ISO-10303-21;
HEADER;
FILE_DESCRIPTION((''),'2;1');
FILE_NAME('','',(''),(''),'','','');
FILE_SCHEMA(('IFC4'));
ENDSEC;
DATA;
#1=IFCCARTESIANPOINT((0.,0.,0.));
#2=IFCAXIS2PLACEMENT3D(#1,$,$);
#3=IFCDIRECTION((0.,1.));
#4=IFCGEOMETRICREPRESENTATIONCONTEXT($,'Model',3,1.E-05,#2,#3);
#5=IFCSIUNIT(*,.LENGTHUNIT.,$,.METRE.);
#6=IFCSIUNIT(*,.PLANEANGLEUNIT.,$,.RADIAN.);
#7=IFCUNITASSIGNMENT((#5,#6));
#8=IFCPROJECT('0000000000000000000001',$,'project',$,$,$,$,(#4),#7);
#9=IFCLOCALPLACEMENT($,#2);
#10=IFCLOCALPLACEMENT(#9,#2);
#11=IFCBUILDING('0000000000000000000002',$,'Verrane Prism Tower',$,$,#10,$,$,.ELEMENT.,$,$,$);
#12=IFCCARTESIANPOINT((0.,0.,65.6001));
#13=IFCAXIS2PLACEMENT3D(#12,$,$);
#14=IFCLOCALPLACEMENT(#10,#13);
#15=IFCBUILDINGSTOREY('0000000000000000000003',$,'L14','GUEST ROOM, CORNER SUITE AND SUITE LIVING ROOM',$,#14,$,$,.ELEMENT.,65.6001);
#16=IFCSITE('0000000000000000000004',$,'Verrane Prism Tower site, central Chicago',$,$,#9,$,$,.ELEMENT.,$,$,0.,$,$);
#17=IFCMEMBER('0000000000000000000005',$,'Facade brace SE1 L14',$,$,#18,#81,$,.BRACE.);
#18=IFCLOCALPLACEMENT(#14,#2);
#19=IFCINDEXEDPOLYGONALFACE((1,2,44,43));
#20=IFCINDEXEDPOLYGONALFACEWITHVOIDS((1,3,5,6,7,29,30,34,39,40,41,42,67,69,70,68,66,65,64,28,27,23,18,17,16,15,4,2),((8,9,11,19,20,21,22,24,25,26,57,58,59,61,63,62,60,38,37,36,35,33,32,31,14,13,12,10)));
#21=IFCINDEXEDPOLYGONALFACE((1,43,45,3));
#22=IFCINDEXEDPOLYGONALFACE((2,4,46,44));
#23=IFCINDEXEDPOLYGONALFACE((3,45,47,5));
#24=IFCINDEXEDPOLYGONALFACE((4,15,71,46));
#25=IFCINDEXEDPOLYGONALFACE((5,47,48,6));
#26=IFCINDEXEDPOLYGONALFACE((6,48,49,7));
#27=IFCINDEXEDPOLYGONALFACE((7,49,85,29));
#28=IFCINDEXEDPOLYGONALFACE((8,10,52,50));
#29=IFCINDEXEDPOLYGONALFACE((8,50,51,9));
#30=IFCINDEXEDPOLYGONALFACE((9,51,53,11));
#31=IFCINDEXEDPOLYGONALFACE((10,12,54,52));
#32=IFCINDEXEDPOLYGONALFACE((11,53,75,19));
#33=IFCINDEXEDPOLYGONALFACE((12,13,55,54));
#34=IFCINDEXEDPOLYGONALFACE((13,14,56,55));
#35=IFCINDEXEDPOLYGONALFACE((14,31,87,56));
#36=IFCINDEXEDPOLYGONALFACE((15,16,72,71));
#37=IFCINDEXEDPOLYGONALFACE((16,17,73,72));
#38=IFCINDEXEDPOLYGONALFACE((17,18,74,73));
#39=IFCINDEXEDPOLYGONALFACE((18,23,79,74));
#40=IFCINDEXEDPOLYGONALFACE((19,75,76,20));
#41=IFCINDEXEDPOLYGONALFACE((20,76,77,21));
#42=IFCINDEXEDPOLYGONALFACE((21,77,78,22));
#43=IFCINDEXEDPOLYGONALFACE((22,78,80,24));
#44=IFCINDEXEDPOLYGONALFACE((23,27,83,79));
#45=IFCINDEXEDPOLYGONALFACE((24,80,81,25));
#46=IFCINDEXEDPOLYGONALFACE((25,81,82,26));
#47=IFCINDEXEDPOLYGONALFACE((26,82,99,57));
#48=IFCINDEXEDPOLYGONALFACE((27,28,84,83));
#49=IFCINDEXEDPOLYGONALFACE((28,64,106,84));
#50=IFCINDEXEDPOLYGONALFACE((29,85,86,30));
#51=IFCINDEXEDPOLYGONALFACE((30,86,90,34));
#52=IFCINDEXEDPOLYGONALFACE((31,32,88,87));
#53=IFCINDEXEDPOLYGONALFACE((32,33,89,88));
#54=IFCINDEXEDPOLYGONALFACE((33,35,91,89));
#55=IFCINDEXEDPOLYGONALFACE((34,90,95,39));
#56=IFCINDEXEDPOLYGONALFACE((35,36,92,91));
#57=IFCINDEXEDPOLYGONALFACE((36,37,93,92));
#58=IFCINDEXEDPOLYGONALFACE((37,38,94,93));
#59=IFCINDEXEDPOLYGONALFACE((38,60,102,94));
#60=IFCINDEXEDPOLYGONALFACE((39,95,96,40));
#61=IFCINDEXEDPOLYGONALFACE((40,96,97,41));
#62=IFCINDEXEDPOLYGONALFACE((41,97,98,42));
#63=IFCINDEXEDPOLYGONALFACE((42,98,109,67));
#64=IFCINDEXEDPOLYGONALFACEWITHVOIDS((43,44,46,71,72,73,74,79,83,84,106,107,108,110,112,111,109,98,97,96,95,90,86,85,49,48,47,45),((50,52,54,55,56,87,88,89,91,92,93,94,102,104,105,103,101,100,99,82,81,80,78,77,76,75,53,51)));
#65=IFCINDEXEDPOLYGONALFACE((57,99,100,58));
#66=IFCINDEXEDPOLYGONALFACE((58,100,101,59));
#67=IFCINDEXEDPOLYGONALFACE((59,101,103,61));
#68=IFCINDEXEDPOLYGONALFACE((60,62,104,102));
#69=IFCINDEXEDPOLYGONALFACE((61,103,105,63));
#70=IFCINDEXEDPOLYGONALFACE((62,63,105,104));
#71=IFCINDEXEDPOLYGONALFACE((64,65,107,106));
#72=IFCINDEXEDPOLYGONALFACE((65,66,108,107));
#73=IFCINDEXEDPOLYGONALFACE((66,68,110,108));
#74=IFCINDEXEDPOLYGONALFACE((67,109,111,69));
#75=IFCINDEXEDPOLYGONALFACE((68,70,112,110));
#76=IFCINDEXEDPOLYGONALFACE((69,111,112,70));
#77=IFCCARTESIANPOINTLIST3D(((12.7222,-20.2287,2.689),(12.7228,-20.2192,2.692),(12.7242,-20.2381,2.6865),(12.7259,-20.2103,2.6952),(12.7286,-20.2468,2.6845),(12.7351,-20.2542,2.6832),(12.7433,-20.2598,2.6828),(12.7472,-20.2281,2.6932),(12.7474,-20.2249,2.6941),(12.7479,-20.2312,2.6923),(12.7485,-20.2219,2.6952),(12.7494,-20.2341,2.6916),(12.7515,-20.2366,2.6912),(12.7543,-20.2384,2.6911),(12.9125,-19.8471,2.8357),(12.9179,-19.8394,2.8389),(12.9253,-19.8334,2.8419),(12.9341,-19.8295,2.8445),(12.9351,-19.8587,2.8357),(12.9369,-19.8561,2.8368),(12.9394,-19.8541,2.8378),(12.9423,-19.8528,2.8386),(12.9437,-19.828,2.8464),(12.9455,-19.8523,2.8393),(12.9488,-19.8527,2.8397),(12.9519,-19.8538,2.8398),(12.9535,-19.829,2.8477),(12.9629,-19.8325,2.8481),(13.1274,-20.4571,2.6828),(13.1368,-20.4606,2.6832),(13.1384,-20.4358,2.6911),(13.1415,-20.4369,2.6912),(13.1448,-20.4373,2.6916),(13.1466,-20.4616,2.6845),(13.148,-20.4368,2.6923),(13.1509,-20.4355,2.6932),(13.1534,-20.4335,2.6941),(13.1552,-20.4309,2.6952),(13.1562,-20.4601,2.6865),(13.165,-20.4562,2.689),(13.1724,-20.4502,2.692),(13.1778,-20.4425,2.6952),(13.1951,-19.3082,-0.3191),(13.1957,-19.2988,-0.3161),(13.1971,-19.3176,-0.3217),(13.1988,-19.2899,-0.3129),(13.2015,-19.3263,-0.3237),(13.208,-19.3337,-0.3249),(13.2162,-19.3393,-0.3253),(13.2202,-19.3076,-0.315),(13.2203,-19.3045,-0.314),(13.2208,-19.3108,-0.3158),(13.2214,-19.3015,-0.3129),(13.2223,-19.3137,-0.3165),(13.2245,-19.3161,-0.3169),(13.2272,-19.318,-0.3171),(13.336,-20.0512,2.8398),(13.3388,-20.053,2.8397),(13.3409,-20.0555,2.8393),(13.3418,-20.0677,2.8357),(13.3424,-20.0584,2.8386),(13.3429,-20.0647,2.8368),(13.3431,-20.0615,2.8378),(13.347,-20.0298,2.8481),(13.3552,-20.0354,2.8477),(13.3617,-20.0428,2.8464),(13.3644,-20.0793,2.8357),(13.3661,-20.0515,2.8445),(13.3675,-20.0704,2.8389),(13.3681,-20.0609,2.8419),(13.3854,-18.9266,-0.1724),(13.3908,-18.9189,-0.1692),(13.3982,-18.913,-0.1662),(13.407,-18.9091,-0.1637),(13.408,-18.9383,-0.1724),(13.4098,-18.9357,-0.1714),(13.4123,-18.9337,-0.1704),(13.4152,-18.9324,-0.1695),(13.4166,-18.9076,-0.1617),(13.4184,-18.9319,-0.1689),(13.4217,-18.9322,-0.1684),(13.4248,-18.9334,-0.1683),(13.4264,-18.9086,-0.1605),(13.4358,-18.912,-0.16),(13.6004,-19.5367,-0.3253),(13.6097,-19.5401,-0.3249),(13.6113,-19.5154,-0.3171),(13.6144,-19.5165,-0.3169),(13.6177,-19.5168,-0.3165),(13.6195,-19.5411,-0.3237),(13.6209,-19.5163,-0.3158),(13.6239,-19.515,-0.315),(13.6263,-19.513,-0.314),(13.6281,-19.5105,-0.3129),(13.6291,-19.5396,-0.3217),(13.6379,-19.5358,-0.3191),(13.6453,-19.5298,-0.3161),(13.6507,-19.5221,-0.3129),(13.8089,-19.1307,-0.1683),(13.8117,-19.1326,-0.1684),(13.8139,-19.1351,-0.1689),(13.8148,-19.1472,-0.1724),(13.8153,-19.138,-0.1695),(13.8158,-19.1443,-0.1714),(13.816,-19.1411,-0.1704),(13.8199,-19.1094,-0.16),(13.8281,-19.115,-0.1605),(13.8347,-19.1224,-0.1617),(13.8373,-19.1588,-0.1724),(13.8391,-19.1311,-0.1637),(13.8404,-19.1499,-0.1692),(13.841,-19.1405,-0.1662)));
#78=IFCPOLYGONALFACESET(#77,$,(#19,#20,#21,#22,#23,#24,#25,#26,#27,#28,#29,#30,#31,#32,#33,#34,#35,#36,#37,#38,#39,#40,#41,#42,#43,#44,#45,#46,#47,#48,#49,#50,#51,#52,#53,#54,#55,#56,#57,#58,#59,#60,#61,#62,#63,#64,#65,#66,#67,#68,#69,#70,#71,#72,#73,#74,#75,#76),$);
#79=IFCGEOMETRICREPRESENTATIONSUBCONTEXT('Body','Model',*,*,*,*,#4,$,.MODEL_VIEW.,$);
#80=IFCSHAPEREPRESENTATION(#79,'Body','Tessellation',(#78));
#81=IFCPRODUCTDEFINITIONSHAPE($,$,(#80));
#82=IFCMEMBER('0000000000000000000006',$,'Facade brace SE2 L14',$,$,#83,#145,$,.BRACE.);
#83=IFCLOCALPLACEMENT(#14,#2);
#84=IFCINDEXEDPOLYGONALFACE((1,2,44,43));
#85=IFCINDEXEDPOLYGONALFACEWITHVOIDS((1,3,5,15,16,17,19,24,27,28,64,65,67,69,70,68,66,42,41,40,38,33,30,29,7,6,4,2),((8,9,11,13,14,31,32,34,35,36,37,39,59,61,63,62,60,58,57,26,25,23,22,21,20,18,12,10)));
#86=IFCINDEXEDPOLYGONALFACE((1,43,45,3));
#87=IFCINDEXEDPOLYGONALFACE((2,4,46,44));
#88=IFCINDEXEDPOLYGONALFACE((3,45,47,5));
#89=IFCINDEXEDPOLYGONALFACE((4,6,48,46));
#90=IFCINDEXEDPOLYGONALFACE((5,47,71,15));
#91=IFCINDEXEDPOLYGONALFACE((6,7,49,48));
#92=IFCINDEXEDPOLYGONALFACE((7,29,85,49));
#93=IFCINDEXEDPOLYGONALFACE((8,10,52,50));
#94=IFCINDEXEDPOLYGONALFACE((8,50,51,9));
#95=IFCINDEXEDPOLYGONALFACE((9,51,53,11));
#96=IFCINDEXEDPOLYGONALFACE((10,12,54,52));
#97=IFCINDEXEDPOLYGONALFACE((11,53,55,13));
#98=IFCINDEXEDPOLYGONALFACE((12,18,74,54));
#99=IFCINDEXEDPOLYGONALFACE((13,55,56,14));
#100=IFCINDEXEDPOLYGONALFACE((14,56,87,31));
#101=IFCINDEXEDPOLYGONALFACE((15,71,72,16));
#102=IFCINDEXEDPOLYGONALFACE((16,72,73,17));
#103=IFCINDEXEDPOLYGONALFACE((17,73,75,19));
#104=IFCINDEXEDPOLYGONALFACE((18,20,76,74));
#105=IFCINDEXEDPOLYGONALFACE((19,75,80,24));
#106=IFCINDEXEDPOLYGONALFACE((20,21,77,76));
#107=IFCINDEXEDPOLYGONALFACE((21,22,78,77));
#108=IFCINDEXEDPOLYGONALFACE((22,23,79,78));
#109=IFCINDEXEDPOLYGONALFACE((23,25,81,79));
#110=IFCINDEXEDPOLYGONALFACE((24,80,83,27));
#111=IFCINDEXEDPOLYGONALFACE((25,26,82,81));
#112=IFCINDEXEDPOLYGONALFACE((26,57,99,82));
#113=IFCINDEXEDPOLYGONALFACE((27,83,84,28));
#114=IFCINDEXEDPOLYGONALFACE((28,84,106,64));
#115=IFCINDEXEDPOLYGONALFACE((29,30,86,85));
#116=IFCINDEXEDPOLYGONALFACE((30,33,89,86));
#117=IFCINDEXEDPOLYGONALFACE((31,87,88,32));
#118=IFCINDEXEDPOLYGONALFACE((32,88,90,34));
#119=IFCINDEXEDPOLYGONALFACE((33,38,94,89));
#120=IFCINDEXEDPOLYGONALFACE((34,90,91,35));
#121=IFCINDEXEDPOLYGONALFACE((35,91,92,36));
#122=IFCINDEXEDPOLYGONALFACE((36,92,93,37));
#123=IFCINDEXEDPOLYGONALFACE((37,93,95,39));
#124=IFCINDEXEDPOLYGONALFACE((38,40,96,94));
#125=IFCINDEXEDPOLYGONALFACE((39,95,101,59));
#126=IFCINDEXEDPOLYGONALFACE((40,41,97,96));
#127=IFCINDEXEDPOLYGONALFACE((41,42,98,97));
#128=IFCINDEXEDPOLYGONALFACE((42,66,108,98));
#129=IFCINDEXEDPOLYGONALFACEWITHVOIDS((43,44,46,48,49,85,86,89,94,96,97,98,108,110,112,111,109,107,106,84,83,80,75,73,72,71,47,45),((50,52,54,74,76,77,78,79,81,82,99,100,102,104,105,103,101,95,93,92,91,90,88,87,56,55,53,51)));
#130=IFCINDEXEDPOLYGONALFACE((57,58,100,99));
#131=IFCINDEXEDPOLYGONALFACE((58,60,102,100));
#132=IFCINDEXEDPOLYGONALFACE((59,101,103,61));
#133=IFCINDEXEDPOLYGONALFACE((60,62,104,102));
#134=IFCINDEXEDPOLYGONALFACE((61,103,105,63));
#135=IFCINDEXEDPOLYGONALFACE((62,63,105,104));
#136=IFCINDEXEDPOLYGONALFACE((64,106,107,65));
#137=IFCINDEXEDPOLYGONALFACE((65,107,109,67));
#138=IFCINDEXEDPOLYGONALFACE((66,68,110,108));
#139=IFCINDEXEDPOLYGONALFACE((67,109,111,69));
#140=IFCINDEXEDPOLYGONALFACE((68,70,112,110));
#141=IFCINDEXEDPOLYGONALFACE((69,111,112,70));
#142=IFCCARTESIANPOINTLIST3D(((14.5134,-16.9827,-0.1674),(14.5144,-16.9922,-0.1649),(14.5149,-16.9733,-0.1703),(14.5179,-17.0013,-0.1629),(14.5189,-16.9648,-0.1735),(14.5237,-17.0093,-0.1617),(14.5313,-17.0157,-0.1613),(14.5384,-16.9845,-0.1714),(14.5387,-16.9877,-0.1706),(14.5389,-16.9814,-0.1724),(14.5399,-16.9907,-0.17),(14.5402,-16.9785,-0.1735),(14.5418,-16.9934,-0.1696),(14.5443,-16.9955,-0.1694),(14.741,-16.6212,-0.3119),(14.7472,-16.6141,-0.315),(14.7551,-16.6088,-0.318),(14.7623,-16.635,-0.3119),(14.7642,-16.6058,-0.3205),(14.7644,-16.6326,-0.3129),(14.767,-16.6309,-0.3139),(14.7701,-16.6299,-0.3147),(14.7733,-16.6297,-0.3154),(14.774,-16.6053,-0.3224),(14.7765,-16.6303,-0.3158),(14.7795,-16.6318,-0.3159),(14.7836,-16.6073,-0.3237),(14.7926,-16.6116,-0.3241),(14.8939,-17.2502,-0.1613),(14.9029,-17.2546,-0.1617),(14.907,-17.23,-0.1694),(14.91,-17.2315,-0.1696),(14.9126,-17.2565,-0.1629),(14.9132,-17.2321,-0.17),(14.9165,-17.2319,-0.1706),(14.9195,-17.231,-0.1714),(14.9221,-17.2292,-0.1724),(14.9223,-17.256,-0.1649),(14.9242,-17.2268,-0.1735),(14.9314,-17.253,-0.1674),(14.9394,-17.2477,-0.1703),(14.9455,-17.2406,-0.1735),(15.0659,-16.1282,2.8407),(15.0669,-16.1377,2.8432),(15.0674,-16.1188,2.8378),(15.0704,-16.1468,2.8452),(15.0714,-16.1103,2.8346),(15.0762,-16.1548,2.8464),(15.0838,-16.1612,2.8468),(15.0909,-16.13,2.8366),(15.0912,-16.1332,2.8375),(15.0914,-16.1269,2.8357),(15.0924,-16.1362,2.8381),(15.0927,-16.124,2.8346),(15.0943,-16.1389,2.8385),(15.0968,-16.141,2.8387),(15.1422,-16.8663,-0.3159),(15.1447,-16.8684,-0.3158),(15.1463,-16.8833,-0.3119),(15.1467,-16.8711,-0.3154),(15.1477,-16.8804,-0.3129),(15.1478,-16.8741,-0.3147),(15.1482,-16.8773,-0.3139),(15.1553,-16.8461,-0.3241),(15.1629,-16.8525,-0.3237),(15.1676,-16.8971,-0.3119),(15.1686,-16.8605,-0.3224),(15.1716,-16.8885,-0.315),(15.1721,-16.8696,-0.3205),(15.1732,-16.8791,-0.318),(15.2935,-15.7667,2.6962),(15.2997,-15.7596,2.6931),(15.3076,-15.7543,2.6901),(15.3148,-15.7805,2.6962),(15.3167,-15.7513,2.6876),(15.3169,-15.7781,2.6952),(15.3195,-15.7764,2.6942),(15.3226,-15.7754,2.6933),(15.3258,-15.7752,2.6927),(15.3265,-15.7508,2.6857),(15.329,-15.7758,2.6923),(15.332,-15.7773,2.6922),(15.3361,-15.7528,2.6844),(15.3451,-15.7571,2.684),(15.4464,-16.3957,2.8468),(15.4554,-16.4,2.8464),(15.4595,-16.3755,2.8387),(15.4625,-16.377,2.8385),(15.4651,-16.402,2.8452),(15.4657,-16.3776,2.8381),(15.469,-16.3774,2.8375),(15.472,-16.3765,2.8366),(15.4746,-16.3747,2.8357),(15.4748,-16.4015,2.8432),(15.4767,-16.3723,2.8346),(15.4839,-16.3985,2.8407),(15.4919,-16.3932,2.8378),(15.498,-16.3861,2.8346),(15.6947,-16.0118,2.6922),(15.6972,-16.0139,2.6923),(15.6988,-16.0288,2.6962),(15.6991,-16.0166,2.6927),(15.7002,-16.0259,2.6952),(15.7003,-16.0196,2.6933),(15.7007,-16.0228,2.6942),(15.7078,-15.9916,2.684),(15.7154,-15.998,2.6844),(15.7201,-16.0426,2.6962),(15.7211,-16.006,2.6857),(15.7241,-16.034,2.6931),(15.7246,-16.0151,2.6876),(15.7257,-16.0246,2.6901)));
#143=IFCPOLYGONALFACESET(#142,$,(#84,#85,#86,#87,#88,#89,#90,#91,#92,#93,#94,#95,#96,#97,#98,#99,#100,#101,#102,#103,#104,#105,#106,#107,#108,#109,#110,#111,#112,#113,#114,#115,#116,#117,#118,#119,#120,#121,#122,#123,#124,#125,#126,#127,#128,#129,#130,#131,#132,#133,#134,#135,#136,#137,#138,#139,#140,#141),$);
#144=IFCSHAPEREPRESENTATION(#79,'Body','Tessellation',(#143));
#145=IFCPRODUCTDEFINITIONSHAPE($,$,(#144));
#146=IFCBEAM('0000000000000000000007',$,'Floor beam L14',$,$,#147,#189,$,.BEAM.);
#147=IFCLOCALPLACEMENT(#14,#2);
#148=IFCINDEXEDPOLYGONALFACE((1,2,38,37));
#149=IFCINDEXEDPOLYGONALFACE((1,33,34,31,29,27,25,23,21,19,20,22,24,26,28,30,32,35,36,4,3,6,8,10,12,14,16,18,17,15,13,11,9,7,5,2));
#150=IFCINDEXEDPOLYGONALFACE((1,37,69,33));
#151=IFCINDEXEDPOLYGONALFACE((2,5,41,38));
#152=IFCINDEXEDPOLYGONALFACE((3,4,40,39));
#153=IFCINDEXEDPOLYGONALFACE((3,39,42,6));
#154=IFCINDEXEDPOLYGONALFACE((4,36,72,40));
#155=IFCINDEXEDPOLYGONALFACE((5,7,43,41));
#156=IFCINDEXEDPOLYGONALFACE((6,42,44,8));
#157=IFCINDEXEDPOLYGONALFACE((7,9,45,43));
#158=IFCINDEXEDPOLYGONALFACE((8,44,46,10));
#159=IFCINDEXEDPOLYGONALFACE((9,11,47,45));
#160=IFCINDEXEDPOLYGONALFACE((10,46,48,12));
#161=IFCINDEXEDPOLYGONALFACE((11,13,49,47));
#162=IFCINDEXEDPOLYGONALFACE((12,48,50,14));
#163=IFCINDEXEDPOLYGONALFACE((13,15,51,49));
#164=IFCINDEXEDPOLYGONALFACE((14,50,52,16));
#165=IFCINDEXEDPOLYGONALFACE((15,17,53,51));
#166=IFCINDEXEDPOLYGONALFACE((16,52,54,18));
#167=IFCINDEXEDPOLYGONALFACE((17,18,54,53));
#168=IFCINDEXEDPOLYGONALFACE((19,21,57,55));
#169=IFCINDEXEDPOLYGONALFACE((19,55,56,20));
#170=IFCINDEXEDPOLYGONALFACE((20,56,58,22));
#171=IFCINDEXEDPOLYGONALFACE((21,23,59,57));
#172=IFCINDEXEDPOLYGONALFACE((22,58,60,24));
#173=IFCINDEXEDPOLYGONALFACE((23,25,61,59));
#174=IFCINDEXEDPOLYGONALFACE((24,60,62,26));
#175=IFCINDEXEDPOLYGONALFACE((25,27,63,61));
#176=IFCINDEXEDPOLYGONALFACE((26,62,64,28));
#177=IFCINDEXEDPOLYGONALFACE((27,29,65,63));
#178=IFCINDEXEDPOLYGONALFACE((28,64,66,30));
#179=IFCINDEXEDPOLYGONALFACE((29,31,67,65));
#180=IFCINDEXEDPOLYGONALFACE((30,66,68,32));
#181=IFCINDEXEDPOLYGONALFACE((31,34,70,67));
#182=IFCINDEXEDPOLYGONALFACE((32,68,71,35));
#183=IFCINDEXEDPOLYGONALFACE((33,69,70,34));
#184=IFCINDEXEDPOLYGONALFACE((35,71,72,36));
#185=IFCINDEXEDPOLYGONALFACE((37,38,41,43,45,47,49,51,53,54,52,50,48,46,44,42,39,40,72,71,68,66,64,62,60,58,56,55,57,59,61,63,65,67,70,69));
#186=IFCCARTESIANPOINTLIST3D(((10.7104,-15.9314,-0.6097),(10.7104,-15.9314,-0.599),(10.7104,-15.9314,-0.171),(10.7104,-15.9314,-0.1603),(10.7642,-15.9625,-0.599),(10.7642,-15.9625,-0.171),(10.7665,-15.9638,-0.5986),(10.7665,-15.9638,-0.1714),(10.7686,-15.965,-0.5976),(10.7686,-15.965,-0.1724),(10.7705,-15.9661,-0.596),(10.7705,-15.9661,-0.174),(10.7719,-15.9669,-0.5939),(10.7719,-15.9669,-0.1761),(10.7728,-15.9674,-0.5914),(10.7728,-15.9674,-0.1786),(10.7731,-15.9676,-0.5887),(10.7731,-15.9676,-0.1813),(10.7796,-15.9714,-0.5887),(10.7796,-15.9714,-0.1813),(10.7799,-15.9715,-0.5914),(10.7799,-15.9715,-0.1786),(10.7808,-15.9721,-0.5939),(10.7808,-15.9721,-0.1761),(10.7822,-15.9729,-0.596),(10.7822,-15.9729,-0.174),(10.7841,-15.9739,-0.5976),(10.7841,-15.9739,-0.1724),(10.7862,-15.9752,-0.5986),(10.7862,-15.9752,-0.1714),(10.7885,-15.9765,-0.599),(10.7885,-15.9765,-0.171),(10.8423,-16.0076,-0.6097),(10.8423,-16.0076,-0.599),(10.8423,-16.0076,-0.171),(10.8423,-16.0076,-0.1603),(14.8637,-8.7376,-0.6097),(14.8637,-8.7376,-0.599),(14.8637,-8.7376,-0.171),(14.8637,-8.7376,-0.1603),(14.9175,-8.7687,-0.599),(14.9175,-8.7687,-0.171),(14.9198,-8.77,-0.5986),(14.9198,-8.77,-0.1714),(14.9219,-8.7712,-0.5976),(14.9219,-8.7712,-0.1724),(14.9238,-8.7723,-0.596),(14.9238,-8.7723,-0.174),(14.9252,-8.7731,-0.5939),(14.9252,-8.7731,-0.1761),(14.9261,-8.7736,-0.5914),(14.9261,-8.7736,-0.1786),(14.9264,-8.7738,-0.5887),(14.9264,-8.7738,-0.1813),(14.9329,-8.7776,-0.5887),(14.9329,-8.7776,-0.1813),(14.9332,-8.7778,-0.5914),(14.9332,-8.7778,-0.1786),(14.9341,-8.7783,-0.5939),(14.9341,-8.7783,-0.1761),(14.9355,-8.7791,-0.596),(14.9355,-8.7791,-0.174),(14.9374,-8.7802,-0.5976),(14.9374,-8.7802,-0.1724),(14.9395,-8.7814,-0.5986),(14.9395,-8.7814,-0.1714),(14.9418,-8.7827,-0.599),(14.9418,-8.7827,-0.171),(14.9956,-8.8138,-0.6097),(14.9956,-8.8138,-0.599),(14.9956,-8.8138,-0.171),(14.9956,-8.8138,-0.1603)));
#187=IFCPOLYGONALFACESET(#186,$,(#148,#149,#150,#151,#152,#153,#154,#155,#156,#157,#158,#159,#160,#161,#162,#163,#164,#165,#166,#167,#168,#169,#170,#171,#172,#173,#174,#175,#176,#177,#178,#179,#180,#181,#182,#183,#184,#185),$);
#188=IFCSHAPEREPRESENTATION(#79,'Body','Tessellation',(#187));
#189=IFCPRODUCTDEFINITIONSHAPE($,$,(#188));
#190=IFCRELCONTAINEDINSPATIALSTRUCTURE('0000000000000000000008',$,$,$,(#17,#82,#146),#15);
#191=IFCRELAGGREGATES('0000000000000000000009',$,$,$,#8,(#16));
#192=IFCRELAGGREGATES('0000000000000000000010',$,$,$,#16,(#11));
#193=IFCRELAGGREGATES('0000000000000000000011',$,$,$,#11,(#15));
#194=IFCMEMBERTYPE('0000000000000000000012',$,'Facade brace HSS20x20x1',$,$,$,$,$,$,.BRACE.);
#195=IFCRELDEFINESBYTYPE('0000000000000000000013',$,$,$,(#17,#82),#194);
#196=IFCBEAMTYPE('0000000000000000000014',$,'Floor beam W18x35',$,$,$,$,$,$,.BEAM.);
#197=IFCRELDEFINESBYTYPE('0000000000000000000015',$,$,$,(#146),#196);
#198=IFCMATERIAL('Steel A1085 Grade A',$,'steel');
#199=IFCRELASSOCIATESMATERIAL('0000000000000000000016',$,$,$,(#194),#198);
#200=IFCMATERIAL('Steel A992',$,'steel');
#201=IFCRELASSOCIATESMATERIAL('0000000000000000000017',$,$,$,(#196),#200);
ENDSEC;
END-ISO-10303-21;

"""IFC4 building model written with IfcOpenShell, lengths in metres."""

from ifc_helpers import new_model, si_unit, direction, frame, origin, origin_2d, place, context, subcontext, project, spatial, hollow_rectangle, i_section, extrude, material, material_profile, profile_set, type_object, element, save


model = new_model("IFC4")

# Units and contexts
model_context = context("Model", 3, precision=1e-05, world=origin(), true_north=direction((0.0, 1.0)))
body_context = subcontext(model_context, "Body", "Model", "MODEL_VIEW")
ifc_project = project(units=[si_unit("LENGTHUNIT", "METRE"), si_unit("PLANEANGLEUNIT", "RADIAN")], contexts=[model_context])

# Site, building, storey
site_placement = place(None, origin())
site = spatial("IfcSite", under=ifc_project, at=site_placement, Name="Verrane Prism Tower site, central Chicago", CompositionType="ELEMENT", RefElevation=0.0)
building_placement = place(site_placement, origin())
building = spatial("IfcBuilding", under=site, at=building_placement, Name="Verrane Prism Tower", CompositionType="ELEMENT")
storey_placement = place(building_placement, frame((0.0, 0.0, 65.6001)))
storey = spatial("IfcBuildingStorey", under=building, at=storey_placement, Name="L14", Description="GUEST ROOM, CORNER SUITE AND SUITE LIVING ROOM", CompositionType="ELEMENT", Elevation=65.6001)

# Members
ifc_material_1 = material(Name="Steel A1085 Grade A", Category="steel")
ifc_material_profile_1 = material_profile(ifc_material_1, hollow_rectangle(XDim=0.5081, YDim=0.5081, WallThickness=0.0254, InnerFilletRadius=0.0127, OuterFilletRadius=0.0381, at=origin_2d()), Name="HSS20x20x1")
ifc_profile_set_1 = profile_set([ifc_material_profile_1], Name="Steel A1085 Grade A")
member_type_1 = type_object("IfcMemberType", Name="Facade brace HSS20x20x1", PredefinedType="BRACE", material=ifc_profile_set_1)
member_1_placement = place(storey_placement, frame((13.5181, -19.2244, -0.2427), z_axis=(-0.148661, -0.28934, 0.945612), x_axis=(0.889466, -0.457001, 0.0)))
element("IfcMember", 1, at=member_1_placement, inside=storey, type_object=member_type_1, Name="Facade brace SE1 L14", PredefinedType="BRACE", context=body_context, shape_type="SweptSolid", body=[
    extrude(hollow_rectangle(XDim=0.5081, YDim=0.5081, WallThickness=0.0254, InnerFilletRadius=0.0127, OuterFilletRadius=0.0381, at=origin_2d()), origin(), (0.0, 0.0, 1.0), 3.1812),
])
member_2_placement = place(storey_placement, frame((14.8433, -16.9309, -0.2427), z_axis=(0.173985, 0.269089, 0.94727), x_axis=(-0.839757, 0.542963, 0.0)))
element("IfcMember", 2, at=member_2_placement, inside=storey, type_object=member_type_1, Name="Facade brace SE2 L14", PredefinedType="BRACE", context=body_context, shape_type="SweptSolid", body=[
    extrude(hollow_rectangle(XDim=0.5081, YDim=0.5081, WallThickness=0.0254, InnerFilletRadius=0.0127, OuterFilletRadius=0.0381, at=origin_2d()), origin(), (0.0, 0.0, 1.0), 3.1755),
])

# Beam
ifc_material_2 = material(Name="Steel A992", Category="steel")
ifc_material_profile_2 = material_profile(ifc_material_2, i_section(OverallWidth=0.1523, OverallDepth=0.4495, WebThickness=0.0076, FlangeThickness=0.0107, FilletRadius=0.0103, at=origin_2d()), Name="W18x35")
ifc_profile_set_2 = profile_set([ifc_material_profile_2], Name="Steel A992")
beam_type_1 = type_object("IfcBeamType", Name="Floor beam W18x35", PredefinedType="BEAM", material=ifc_profile_set_2)
beam_1_placement = place(storey_placement, frame((10.7764, -15.9695, -0.385), z_axis=(0.499996, 0.866028, 0.0), x_axis=(-0.866028, 0.499996, 0.0)))
element("IfcBeam", 3, at=beam_1_placement, inside=storey, type_object=beam_type_1, Name="Floor beam L14", PredefinedType="BEAM", context=body_context, shape_type="SweptSolid", body=[
    extrude(i_section(OverallWidth=0.1523, OverallDepth=0.4495, WebThickness=0.0076, FlangeThickness=0.0107, FilletRadius=0.0103, at=origin_2d()), origin(), (0.0, 0.0, 1.0), 8.3066),
])

save(model, "model.ifc")
